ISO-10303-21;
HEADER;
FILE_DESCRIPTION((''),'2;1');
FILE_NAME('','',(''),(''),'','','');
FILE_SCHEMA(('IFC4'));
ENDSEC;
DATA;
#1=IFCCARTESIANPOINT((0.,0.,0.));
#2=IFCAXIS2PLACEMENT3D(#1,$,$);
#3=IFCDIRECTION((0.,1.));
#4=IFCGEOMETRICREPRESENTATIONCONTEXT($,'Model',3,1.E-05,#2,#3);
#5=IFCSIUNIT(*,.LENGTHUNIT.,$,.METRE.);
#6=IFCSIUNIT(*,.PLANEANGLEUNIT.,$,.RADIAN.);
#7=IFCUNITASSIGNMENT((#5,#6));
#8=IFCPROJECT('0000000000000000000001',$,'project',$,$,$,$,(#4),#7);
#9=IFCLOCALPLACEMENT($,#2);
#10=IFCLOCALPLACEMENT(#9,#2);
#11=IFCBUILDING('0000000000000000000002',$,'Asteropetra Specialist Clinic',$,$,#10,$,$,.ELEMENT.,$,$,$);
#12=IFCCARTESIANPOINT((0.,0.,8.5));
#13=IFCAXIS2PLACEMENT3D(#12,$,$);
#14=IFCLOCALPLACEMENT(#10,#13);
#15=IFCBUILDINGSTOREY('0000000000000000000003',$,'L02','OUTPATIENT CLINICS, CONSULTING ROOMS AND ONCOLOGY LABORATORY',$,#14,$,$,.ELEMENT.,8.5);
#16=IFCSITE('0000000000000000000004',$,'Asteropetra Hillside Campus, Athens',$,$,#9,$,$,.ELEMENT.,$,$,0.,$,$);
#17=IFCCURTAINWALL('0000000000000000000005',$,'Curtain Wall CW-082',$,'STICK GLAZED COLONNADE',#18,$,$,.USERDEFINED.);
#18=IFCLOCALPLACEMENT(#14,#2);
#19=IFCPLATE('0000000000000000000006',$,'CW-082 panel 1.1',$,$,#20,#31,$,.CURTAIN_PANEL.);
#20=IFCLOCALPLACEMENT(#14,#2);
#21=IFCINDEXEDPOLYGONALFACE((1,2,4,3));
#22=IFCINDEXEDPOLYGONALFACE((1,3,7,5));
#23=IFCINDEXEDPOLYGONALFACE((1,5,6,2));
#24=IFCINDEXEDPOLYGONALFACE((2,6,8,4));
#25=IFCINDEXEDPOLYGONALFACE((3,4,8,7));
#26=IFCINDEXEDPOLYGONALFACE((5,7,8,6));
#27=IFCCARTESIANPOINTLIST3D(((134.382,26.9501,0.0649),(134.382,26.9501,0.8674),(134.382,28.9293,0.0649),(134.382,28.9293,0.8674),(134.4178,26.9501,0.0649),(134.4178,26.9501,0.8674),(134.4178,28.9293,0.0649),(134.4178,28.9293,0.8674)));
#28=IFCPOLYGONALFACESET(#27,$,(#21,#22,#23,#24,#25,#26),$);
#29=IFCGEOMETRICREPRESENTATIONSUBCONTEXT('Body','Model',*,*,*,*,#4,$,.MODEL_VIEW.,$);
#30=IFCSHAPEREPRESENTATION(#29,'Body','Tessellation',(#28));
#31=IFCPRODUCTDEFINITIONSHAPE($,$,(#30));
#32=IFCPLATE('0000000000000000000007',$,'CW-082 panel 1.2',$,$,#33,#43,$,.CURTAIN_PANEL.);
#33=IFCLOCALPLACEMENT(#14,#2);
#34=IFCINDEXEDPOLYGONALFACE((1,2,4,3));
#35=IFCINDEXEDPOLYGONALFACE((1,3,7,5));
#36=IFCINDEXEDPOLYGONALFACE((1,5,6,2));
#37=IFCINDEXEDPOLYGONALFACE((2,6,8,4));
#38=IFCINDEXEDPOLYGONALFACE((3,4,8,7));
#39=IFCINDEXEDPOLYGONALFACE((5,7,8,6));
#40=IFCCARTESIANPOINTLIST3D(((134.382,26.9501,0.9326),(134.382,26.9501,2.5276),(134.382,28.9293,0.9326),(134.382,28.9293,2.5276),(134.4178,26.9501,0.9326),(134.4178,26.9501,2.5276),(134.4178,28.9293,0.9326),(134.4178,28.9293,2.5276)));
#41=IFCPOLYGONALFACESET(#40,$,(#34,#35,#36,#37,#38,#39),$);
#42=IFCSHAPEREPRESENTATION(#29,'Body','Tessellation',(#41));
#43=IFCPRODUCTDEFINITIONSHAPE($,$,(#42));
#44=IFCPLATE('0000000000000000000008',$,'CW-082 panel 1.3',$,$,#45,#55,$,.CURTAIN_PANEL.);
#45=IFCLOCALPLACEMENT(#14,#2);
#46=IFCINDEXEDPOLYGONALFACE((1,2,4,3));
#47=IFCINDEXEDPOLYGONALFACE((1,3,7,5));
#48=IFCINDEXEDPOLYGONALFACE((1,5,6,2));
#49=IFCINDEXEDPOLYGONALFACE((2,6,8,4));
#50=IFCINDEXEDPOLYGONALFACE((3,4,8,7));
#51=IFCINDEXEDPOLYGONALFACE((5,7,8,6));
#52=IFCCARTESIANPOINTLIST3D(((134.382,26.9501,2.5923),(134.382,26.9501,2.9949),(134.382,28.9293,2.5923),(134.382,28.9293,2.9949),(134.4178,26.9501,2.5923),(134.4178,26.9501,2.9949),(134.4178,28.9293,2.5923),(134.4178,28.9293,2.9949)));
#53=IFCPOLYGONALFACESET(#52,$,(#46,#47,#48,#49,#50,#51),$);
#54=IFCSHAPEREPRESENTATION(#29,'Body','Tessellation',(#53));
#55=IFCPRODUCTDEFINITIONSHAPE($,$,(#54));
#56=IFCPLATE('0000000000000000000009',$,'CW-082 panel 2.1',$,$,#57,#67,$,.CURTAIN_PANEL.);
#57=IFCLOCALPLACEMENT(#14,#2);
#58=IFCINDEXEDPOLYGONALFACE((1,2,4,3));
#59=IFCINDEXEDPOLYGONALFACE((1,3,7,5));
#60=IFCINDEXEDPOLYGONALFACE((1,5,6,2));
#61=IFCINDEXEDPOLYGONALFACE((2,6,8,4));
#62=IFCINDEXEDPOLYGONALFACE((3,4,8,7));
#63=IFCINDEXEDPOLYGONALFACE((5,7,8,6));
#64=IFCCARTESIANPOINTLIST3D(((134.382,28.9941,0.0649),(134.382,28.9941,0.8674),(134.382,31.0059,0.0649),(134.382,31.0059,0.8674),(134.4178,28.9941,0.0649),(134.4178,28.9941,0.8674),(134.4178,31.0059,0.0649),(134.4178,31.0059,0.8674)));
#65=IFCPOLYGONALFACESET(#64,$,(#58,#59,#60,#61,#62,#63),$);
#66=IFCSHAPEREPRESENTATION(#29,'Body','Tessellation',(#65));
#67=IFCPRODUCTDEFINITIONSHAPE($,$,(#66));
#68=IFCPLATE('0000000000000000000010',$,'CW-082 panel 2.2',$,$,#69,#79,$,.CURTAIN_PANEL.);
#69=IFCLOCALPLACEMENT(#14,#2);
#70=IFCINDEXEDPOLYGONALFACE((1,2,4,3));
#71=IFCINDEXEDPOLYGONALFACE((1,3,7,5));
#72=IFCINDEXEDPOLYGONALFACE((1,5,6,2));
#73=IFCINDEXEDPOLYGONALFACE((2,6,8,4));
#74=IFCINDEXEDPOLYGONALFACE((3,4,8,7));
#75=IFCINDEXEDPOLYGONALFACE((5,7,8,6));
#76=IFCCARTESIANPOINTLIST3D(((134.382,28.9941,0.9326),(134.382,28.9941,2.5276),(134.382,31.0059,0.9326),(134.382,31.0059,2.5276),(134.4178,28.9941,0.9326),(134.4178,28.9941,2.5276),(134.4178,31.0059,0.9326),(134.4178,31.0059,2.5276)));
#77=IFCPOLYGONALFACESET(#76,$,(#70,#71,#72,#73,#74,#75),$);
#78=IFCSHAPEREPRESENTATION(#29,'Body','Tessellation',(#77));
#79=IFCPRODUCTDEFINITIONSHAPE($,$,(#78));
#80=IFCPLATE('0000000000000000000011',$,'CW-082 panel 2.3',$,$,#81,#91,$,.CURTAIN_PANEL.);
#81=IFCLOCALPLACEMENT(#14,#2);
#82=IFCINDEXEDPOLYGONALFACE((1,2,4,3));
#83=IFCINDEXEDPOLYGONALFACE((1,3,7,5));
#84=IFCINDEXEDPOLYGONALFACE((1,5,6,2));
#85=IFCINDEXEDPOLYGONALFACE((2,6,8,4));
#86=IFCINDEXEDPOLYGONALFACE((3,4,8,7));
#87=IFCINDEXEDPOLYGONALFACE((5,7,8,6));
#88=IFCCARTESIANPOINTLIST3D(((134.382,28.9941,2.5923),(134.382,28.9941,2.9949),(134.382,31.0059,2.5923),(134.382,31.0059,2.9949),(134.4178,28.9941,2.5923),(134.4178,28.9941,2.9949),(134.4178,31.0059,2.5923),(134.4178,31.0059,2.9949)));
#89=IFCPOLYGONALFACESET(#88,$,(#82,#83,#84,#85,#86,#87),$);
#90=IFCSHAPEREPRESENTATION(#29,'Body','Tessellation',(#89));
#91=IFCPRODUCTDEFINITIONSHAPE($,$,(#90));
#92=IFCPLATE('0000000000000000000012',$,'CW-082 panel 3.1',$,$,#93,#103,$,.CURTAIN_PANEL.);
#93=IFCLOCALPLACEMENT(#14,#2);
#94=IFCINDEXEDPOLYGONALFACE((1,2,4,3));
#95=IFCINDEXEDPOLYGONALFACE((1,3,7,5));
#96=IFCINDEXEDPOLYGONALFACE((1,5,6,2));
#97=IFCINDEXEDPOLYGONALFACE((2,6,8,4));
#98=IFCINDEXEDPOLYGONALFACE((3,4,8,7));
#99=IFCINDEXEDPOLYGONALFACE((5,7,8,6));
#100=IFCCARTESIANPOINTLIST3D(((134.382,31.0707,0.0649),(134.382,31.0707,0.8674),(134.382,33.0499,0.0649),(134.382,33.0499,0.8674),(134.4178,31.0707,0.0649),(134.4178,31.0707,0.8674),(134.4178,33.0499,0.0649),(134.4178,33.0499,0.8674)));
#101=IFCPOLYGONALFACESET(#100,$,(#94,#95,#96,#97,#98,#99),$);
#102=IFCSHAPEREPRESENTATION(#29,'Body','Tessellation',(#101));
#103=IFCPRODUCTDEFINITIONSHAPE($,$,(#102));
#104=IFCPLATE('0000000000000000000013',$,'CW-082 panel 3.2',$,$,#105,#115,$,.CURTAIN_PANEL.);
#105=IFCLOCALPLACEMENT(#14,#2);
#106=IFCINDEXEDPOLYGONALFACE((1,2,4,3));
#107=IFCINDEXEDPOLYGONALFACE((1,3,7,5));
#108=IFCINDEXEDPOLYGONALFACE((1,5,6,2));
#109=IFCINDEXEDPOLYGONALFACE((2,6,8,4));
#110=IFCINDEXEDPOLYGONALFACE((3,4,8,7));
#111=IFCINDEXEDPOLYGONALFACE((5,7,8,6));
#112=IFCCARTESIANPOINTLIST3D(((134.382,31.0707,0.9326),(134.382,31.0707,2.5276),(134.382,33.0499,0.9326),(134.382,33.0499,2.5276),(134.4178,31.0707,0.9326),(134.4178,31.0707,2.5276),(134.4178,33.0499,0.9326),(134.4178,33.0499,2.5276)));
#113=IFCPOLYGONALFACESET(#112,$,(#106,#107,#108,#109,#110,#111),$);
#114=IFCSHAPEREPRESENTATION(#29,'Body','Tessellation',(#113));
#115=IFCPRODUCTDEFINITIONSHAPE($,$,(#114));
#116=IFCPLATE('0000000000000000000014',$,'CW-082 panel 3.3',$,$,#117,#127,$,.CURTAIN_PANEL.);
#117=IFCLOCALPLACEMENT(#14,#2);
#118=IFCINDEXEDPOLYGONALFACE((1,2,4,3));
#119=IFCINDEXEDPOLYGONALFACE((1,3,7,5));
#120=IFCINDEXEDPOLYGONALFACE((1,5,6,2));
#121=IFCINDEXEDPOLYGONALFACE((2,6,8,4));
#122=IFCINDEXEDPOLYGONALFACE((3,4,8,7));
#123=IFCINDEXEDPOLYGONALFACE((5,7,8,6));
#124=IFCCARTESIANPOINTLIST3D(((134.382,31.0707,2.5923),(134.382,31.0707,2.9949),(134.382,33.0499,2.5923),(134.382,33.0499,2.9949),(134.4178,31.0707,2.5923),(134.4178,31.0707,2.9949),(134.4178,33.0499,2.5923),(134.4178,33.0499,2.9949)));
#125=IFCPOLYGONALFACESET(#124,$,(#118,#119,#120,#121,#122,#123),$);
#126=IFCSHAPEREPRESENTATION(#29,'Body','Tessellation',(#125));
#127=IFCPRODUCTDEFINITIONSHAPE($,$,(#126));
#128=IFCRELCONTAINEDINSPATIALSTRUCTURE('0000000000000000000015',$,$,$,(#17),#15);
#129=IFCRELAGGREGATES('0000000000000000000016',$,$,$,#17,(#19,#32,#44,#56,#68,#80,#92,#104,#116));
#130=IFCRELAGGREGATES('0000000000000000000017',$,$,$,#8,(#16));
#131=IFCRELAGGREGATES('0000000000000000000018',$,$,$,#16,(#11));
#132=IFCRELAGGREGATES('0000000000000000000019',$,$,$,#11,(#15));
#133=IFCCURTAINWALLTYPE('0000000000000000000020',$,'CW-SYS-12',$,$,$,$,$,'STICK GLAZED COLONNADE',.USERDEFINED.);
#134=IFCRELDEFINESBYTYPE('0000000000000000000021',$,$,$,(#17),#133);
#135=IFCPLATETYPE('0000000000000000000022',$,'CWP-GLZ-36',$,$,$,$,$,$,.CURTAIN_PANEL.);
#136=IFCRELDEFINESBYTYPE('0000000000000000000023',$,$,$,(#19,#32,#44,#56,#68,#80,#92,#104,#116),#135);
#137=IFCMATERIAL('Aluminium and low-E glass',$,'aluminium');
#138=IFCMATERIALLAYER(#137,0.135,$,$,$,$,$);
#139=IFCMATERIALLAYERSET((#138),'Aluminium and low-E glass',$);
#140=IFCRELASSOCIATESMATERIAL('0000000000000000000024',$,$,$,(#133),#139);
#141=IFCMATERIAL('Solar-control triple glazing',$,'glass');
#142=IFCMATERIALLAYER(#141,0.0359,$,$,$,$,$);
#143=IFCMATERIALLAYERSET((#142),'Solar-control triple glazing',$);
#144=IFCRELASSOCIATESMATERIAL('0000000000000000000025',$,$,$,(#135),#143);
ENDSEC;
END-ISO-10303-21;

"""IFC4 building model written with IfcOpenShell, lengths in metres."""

from ifc_helpers import new_model, si_unit, direction, frame, origin, origin_2d, place, context, subcontext, project, spatial, rectangle, extrude, material, layer, layer_set, type_object, element, aggregate, save


model = new_model("IFC4")

# Units and contexts
model_context = context("Model", 3, precision=1e-05, world=origin(), true_north=direction((0.0, 1.0)))
body_context = subcontext(model_context, "Body", "Model", "MODEL_VIEW")
ifc_project = project(units=[si_unit("LENGTHUNIT", "METRE"), si_unit("PLANEANGLEUNIT", "RADIAN")], contexts=[model_context])

# Site, building, storey
site_placement = place(None, origin())
site = spatial("IfcSite", under=ifc_project, at=site_placement, Name="Asteropetra Hillside Campus, Athens", CompositionType="ELEMENT", RefElevation=0.0)
building_placement = place(site_placement, origin())
building = spatial("IfcBuilding", under=site, at=building_placement, Name="Asteropetra Specialist Clinic", CompositionType="ELEMENT")
storey_placement = place(building_placement, frame((0.0, 0.0, 8.5)))
storey = spatial("IfcBuildingStorey", under=building, at=storey_placement, Name="L02", Description="OUTPATIENT CLINICS, CONSULTING ROOMS AND ONCOLOGY LABORATORY", CompositionType="ELEMENT", Elevation=8.5)

# Curtain wall
ifc_material_1 = material(Name="Aluminium and low-E glass", Category="aluminium")
ifc_layer_1 = layer(ifc_material_1, 0.135)
ifc_layer_set_1 = layer_set([ifc_layer_1], Name="Aluminium and low-E glass")
curtain_wall_type_1 = type_object("IfcCurtainWallType", Name="CW-SYS-12", ElementType="STICK GLAZED COLONNADE", PredefinedType="USERDEFINED", material=ifc_layer_set_1)
curtain_wall_1_placement = place(storey_placement, origin())
curtain_wall_1 = element("IfcCurtainWall", 1, at=curtain_wall_1_placement, inside=storey, type_object=curtain_wall_type_1, Name="Curtain Wall CW-082", ObjectType="STICK GLAZED COLONNADE", PredefinedType="USERDEFINED")

# Plates
ifc_material_2 = material(Name="Solar-control triple glazing", Category="glass")
ifc_layer_2 = layer(ifc_material_2, 0.0359)
ifc_layer_set_2 = layer_set([ifc_layer_2], Name="Solar-control triple glazing")
plate_type_1 = type_object("IfcPlateType", Name="CWP-GLZ-36", PredefinedType="CURTAIN_PANEL", material=ifc_layer_set_2)
plate_1_placement = place(storey_placement, frame((134.3999, 27.9397, 0.0649), z_axis=(0.0, 0.0, 1.0), x_axis=(0.0, 1.0, 0.0)))
plate_1 = element("IfcPlate", 2, at=plate_1_placement, type_object=plate_type_1, Name="CW-082 panel 1.1", PredefinedType="CURTAIN_PANEL", context=body_context, shape_type="SweptSolid", body=[
    extrude(rectangle(XDim=1.9792, YDim=0.0359, at=origin_2d()), origin(), (0.0, 0.0, 1.0), 0.8025),
])
plate_2_placement = place(storey_placement, frame((134.3999, 27.9397, 0.9326), z_axis=(0.0, 0.0, 1.0), x_axis=(0.0, 1.0, 0.0)))
plate_2 = element("IfcPlate", 3, at=plate_2_placement, type_object=plate_type_1, Name="CW-082 panel 1.2", PredefinedType="CURTAIN_PANEL", context=body_context, shape_type="SweptSolid", body=[
    extrude(rectangle(XDim=1.9792, YDim=0.0359, at=origin_2d()), origin(), (0.0, 0.0, 1.0), 1.595),
])
plate_3_placement = place(storey_placement, frame((134.3999, 27.9397, 2.5923), z_axis=(0.0, 0.0, 1.0), x_axis=(0.0, 1.0, 0.0)))
plate_3 = element("IfcPlate", 4, at=plate_3_placement, type_object=plate_type_1, Name="CW-082 panel 1.3", PredefinedType="CURTAIN_PANEL", context=body_context, shape_type="SweptSolid", body=[
    extrude(rectangle(XDim=1.9792, YDim=0.0359, at=origin_2d()), origin(), (0.0, 0.0, 1.0), 0.4026),
])
plate_4_placement = place(storey_placement, frame((134.3999, 30.0, 0.0649), z_axis=(0.0, 0.0, 1.0), x_axis=(0.0, 1.0, 0.0)))
plate_4 = element("IfcPlate", 5, at=plate_4_placement, type_object=plate_type_1, Name="CW-082 panel 2.1", PredefinedType="CURTAIN_PANEL", context=body_context, shape_type="SweptSolid", body=[
    extrude(rectangle(XDim=2.0117, YDim=0.0359, at=origin_2d()), origin(), (0.0, 0.0, 1.0), 0.8025),
])
plate_5_placement = place(storey_placement, frame((134.3999, 30.0, 0.9326), z_axis=(0.0, 0.0, 1.0), x_axis=(0.0, 1.0, 0.0)))
plate_5 = element("IfcPlate", 6, at=plate_5_placement, type_object=plate_type_1, Name="CW-082 panel 2.2", PredefinedType="CURTAIN_PANEL", context=body_context, shape_type="SweptSolid", body=[
    extrude(rectangle(XDim=2.0117, YDim=0.0359, at=origin_2d()), origin(), (0.0, 0.0, 1.0), 1.595),
])
plate_6_placement = place(storey_placement, frame((134.3999, 30.0, 2.5923), z_axis=(0.0, 0.0, 1.0), x_axis=(0.0, 1.0, 0.0)))
plate_6 = element("IfcPlate", 7, at=plate_6_placement, type_object=plate_type_1, Name="CW-082 panel 2.3", PredefinedType="CURTAIN_PANEL", context=body_context, shape_type="SweptSolid", body=[
    extrude(rectangle(XDim=2.0117, YDim=0.0359, at=origin_2d()), origin(), (0.0, 0.0, 1.0), 0.4026),
])
plate_7_placement = place(storey_placement, frame((134.3999, 32.0603, 0.0649), z_axis=(0.0, 0.0, 1.0), x_axis=(0.0, 1.0, 0.0)))
plate_7 = element("IfcPlate", 8, at=plate_7_placement, type_object=plate_type_1, Name="CW-082 panel 3.1", PredefinedType="CURTAIN_PANEL", context=body_context, shape_type="SweptSolid", body=[
    extrude(rectangle(XDim=1.9792, YDim=0.0359, at=origin_2d()), origin(), (0.0, 0.0, 1.0), 0.8025),
])
plate_8_placement = place(storey_placement, frame((134.3999, 32.0603, 0.9326), z_axis=(0.0, 0.0, 1.0), x_axis=(0.0, 1.0, 0.0)))
plate_8 = element("IfcPlate", 9, at=plate_8_placement, type_object=plate_type_1, Name="CW-082 panel 3.2", PredefinedType="CURTAIN_PANEL", context=body_context, shape_type="SweptSolid", body=[
    extrude(rectangle(XDim=1.9792, YDim=0.0359, at=origin_2d()), origin(), (0.0, 0.0, 1.0), 1.595),
])
plate_9_placement = place(storey_placement, frame((134.3999, 32.0603, 2.5923), z_axis=(0.0, 0.0, 1.0), x_axis=(0.0, 1.0, 0.0)))
plate_9 = element("IfcPlate", 10, at=plate_9_placement, type_object=plate_type_1, Name="CW-082 panel 3.3", PredefinedType="CURTAIN_PANEL", context=body_context, shape_type="SweptSolid", body=[
    extrude(rectangle(XDim=1.9792, YDim=0.0359, at=origin_2d()), origin(), (0.0, 0.0, 1.0), 0.4026),
])
aggregate(curtain_wall_1, [plate_1, plate_2, plate_3, plate_4, plate_5, plate_6, plate_7, plate_8, plate_9])

save(model, "model.ifc")
